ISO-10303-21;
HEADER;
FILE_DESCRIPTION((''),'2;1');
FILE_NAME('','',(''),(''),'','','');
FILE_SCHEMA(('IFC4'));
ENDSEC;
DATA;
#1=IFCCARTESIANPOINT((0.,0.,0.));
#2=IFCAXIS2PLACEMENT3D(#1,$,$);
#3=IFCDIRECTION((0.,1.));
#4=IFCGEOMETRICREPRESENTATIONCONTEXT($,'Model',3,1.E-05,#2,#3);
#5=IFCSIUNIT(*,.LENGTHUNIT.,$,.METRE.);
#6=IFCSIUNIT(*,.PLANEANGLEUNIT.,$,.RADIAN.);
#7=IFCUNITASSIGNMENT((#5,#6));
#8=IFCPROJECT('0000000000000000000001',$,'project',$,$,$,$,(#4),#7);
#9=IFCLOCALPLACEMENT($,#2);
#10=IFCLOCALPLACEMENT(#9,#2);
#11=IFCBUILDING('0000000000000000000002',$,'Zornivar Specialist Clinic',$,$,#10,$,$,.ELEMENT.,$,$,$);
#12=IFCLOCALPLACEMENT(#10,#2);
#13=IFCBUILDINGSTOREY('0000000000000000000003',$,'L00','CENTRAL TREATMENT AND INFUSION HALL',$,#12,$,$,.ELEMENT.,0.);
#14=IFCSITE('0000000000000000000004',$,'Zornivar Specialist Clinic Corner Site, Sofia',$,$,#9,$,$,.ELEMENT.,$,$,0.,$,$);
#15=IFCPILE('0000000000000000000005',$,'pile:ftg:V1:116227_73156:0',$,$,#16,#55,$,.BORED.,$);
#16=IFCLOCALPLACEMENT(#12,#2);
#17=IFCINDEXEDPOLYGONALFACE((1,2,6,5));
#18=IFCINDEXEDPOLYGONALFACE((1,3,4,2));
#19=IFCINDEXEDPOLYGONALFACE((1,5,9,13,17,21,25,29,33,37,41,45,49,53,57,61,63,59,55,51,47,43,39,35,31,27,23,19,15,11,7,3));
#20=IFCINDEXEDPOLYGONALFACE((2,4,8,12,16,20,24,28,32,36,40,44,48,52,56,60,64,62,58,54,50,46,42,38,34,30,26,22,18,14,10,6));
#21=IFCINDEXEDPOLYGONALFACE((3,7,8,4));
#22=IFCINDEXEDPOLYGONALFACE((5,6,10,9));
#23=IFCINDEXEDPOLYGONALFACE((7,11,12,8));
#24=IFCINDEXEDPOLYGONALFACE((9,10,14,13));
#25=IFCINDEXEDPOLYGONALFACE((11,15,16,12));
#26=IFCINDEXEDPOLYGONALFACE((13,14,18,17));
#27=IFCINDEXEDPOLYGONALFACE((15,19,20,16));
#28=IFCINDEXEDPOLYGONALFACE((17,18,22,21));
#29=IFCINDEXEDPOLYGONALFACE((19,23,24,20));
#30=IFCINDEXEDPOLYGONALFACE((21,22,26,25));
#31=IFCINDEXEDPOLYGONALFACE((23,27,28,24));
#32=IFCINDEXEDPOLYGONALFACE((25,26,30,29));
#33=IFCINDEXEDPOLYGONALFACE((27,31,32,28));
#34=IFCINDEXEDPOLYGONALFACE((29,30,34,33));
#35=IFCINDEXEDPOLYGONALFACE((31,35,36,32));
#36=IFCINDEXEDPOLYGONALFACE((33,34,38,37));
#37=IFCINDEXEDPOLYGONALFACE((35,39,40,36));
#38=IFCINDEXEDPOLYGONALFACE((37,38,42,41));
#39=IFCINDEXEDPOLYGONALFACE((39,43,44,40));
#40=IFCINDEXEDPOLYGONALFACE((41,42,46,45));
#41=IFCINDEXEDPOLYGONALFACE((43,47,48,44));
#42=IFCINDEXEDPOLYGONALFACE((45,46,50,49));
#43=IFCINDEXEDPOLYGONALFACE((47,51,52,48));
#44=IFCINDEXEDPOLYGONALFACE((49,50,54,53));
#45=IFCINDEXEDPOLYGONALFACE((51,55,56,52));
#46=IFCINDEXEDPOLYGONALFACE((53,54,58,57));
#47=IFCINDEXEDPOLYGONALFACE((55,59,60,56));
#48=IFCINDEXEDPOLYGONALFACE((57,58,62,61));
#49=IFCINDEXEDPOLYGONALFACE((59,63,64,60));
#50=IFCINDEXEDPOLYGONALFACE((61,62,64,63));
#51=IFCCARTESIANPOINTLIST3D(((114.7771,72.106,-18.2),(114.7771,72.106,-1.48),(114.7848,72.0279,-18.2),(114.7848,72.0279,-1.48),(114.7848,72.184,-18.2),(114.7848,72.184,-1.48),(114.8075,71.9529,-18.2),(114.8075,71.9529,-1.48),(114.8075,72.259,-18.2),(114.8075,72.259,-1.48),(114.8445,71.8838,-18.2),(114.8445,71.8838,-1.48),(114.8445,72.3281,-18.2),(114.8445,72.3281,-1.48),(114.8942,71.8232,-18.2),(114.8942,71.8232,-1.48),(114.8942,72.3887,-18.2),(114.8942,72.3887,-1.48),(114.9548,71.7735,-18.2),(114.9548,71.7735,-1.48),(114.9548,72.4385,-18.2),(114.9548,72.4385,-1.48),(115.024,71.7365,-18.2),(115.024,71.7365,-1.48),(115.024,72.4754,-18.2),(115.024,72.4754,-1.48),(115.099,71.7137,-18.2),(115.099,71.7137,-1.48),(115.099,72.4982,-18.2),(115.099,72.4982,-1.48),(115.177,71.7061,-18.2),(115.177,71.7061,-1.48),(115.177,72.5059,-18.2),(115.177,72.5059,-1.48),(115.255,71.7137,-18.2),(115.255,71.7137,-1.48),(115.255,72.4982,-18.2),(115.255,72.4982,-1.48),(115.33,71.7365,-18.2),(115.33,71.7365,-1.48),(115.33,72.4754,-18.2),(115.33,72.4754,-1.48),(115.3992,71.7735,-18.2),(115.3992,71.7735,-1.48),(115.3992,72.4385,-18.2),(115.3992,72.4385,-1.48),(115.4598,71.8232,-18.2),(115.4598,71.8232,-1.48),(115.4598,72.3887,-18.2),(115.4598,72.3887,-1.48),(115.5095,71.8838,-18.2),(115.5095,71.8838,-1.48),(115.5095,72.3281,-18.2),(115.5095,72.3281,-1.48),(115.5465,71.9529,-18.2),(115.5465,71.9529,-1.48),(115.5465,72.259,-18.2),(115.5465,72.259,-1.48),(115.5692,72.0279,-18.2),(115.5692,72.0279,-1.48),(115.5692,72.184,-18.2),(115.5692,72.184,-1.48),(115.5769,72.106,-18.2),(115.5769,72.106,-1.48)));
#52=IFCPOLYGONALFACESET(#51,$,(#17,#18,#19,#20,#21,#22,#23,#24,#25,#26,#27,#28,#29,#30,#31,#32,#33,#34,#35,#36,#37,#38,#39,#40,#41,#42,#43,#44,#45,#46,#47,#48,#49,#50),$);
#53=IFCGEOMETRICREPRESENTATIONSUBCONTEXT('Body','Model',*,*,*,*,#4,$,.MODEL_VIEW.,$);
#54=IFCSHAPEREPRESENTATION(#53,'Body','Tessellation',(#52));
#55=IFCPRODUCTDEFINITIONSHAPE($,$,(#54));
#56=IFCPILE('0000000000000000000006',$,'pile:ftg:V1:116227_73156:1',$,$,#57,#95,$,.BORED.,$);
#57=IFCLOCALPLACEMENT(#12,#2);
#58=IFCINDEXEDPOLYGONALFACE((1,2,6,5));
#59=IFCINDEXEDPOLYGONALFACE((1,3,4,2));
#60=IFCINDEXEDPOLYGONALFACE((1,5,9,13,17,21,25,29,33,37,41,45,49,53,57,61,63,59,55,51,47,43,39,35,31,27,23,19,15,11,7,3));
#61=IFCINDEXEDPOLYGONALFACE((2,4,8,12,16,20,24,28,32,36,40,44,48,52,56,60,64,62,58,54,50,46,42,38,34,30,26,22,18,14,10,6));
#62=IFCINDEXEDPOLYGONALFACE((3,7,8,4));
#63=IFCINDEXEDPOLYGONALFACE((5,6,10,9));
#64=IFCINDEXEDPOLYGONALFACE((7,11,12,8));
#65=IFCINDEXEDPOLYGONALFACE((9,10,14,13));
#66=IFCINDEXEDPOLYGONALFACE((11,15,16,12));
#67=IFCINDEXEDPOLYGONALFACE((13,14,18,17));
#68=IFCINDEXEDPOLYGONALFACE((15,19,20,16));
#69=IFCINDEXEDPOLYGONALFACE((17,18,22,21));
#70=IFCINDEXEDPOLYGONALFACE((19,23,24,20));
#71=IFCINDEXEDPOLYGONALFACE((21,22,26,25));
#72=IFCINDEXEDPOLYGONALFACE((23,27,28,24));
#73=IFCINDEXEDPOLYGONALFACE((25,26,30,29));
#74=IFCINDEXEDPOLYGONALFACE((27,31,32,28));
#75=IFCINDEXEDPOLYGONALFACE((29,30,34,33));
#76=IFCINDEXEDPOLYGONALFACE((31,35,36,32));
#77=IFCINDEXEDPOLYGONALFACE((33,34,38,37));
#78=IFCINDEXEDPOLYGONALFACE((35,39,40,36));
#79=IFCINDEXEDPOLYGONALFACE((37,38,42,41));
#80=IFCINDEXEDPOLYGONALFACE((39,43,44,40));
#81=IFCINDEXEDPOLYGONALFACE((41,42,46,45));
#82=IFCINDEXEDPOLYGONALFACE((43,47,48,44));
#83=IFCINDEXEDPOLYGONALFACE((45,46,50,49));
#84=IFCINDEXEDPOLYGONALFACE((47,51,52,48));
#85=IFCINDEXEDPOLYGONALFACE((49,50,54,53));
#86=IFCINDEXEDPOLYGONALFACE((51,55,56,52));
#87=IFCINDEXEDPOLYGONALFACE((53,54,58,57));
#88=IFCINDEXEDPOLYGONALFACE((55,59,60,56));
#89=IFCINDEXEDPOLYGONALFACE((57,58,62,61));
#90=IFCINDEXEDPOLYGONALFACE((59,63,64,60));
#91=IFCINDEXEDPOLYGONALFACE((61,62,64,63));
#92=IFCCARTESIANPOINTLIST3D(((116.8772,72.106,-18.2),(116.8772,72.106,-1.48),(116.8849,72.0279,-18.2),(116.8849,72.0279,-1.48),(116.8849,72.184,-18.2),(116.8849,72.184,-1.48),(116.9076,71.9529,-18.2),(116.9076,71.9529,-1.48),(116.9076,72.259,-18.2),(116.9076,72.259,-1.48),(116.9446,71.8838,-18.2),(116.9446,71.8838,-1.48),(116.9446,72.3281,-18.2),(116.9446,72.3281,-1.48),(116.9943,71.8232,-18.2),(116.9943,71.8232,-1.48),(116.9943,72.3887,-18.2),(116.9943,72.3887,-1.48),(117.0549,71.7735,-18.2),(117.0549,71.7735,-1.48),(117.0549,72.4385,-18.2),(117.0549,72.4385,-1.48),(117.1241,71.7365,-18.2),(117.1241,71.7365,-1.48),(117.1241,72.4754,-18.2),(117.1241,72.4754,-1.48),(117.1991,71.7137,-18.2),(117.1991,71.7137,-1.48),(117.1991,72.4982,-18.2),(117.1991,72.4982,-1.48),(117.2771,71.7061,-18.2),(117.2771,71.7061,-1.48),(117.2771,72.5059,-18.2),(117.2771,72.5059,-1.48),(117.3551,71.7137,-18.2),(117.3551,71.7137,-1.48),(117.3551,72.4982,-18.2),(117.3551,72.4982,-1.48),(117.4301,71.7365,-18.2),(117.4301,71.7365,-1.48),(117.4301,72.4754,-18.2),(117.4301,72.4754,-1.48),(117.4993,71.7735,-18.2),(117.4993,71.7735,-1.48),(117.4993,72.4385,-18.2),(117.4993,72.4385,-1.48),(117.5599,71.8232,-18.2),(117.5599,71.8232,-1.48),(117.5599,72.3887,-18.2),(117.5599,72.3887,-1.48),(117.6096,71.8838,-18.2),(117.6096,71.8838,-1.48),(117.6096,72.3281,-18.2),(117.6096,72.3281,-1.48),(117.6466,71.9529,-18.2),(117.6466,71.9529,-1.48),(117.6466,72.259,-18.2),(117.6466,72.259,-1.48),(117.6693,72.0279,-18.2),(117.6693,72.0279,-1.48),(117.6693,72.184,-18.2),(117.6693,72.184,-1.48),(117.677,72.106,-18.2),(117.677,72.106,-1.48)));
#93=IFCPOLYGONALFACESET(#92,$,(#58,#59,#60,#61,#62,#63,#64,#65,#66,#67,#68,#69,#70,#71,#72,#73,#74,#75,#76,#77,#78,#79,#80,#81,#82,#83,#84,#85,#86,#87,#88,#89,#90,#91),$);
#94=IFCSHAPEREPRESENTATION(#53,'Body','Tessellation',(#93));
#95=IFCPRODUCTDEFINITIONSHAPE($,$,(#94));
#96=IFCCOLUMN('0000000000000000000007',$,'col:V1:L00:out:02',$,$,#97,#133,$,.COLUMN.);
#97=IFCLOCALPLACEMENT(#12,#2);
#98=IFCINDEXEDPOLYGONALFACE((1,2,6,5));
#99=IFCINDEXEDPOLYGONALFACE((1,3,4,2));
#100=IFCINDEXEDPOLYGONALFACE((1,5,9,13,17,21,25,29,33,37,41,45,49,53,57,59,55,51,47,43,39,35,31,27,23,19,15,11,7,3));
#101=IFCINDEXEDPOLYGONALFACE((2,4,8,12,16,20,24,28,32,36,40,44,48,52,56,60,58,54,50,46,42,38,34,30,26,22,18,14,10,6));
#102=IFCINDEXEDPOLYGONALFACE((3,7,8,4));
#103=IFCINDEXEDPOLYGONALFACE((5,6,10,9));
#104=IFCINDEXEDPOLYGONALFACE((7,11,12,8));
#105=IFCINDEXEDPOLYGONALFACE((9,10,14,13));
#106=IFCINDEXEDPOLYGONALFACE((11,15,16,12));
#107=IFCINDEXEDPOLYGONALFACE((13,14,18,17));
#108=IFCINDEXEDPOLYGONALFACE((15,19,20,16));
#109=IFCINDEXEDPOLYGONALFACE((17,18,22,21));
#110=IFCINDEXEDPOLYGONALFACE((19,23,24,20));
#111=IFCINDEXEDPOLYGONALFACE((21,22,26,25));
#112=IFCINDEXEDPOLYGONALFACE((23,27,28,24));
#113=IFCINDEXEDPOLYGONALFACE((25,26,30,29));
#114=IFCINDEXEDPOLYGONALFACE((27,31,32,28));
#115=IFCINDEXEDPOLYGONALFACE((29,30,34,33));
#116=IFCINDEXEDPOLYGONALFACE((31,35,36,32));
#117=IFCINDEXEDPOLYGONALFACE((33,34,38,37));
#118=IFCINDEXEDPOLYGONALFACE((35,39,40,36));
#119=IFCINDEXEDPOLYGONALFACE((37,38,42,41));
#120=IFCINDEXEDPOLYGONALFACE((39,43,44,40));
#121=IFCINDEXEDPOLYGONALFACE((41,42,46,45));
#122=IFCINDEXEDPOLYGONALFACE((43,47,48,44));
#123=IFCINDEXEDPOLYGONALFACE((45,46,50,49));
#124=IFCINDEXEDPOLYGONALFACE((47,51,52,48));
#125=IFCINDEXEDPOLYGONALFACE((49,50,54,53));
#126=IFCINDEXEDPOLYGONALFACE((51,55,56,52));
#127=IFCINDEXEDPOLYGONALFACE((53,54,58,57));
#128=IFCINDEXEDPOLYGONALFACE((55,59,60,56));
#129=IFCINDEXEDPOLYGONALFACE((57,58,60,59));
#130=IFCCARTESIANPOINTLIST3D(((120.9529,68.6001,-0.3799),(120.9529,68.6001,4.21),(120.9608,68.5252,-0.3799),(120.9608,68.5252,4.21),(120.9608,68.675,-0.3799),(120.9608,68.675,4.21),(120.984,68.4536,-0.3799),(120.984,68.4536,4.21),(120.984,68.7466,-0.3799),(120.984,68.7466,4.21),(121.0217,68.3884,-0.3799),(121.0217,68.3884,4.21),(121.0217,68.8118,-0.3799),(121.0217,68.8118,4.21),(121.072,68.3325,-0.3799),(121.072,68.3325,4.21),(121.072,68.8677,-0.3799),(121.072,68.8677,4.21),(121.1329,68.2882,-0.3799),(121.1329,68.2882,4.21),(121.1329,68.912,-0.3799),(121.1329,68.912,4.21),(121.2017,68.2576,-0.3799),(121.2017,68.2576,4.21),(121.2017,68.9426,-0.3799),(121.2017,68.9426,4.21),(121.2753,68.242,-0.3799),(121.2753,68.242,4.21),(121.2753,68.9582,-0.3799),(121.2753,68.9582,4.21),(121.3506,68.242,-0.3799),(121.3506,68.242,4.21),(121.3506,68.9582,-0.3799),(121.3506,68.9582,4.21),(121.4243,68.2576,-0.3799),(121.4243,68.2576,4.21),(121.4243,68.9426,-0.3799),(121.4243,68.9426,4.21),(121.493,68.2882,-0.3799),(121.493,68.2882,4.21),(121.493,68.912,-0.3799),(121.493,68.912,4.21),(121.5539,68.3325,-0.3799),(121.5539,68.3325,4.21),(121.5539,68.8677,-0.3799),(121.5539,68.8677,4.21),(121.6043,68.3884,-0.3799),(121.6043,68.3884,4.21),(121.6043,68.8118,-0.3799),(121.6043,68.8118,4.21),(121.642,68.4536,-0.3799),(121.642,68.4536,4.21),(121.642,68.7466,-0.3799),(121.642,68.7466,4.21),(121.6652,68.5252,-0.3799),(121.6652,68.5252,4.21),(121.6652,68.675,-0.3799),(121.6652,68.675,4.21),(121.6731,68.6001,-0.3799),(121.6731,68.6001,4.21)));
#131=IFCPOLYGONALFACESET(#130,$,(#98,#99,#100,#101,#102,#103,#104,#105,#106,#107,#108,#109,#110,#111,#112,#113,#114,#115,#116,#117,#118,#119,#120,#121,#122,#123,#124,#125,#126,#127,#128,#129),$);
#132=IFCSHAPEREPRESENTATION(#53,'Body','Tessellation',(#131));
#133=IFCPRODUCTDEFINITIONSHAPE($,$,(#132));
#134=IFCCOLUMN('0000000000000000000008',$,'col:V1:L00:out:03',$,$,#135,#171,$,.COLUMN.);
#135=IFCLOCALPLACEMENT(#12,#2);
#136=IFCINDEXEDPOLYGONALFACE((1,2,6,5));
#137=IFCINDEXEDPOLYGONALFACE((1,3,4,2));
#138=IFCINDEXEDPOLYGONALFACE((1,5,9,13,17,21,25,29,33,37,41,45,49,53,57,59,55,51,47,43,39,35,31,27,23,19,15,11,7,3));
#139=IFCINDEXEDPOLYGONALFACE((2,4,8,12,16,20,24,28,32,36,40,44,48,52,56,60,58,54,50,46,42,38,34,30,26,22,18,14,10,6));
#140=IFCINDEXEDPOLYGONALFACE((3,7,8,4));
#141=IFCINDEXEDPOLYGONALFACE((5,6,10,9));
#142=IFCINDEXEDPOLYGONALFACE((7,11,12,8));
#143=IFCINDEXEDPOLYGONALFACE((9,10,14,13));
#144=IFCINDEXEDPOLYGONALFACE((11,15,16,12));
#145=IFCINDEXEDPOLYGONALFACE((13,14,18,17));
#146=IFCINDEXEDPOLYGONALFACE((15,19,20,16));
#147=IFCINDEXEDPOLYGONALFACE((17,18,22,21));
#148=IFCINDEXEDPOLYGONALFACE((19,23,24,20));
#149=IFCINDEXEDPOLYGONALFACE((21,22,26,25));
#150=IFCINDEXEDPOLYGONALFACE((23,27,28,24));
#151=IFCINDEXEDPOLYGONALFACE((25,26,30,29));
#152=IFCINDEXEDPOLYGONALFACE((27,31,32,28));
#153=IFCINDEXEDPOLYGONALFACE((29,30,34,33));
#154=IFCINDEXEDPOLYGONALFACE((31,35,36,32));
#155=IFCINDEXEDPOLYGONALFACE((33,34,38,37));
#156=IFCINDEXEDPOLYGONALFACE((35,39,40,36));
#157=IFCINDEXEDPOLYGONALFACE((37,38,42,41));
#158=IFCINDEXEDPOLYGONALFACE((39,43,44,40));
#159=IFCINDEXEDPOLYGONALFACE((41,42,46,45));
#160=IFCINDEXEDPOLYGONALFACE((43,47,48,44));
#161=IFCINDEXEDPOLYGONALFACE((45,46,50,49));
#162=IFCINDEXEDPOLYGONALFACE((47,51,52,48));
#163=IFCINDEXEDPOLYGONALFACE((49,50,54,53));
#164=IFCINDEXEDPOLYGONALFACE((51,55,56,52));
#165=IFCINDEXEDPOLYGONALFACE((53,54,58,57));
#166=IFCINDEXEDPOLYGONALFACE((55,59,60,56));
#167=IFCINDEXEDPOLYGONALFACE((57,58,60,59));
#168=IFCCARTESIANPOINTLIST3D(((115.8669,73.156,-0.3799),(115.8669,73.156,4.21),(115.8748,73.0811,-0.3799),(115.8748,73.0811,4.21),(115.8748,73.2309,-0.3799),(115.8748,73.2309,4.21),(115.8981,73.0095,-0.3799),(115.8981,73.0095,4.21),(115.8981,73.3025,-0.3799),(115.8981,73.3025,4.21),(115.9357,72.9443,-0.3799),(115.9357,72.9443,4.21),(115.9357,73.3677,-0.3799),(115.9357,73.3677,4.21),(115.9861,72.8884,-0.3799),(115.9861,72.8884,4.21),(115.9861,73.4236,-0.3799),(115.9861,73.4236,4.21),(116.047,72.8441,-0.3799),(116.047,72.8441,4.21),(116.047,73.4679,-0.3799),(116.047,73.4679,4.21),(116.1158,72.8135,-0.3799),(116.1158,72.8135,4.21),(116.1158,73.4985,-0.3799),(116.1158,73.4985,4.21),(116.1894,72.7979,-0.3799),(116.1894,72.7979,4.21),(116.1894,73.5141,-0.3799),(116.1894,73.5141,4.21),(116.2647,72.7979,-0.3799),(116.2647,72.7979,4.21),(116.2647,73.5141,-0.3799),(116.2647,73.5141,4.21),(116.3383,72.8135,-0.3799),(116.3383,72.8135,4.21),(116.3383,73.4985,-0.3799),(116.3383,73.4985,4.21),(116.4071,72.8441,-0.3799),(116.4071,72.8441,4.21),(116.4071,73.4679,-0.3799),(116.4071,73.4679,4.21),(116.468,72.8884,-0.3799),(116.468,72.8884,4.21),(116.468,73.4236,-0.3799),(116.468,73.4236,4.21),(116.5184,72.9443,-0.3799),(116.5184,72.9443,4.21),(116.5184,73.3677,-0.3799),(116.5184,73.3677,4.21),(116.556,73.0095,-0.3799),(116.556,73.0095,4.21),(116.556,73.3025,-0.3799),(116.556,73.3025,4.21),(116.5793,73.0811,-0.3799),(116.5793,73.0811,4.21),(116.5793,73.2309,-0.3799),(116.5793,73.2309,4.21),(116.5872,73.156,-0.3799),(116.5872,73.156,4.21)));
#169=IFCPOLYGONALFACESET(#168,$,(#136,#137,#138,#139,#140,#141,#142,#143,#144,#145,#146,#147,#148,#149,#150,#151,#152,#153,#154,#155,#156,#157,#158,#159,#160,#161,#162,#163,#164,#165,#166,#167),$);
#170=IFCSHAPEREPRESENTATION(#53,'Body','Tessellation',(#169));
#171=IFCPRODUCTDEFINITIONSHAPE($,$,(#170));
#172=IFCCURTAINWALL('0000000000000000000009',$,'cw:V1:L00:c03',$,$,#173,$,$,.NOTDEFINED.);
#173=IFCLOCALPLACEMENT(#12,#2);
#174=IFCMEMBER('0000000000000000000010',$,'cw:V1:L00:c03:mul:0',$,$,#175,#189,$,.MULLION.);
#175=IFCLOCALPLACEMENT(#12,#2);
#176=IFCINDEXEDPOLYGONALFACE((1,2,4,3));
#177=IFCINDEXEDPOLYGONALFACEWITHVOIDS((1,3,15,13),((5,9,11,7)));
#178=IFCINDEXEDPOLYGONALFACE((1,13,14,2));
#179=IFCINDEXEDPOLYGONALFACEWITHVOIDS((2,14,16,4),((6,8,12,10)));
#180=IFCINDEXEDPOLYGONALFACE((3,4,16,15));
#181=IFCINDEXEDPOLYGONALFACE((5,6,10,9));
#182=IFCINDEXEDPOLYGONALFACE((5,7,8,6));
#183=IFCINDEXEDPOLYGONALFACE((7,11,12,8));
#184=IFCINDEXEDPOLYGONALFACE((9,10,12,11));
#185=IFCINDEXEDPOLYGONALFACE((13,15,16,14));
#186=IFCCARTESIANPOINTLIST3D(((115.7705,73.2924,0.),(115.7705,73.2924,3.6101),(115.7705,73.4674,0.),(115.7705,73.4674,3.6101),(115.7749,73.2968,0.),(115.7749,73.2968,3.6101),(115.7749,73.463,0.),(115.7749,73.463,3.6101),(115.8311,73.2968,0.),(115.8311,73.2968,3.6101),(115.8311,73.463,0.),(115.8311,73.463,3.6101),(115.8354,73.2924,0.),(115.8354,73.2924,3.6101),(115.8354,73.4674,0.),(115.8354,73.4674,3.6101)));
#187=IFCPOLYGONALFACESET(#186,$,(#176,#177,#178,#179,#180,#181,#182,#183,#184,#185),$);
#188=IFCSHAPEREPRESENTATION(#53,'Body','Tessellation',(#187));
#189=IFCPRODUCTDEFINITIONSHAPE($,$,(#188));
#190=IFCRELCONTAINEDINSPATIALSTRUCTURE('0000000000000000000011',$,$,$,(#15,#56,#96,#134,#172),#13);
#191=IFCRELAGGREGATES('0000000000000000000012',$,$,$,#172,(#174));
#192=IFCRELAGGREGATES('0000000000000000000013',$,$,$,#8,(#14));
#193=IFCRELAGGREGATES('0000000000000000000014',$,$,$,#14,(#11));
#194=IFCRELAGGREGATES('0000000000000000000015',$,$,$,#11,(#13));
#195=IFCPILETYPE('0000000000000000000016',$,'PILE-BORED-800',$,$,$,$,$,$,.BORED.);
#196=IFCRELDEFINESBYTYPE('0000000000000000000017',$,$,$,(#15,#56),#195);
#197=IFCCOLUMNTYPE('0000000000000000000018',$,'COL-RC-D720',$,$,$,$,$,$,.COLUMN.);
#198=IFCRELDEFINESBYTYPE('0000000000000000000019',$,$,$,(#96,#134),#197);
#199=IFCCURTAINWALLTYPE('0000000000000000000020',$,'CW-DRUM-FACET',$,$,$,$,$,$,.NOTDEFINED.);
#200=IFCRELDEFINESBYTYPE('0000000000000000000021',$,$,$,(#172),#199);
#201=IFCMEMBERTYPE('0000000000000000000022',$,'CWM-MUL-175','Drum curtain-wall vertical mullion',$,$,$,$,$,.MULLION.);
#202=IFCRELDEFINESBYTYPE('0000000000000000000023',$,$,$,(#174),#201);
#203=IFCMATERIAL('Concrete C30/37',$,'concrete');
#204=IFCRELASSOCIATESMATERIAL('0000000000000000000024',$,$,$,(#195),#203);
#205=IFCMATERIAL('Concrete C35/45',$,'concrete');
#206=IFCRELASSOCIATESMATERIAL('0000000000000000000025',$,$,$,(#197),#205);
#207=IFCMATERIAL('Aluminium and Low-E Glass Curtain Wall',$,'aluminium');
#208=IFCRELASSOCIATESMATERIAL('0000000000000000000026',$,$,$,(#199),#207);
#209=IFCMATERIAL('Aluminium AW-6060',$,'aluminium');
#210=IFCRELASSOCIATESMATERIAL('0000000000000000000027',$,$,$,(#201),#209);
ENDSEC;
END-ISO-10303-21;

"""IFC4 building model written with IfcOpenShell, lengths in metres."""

from ifc_helpers import new_model, si_unit, direction, frame, origin, origin_2d, place, context, subcontext, project, spatial, hollow_rectangle, circle, extrude, material, material_profile, profile_set, type_object, element, aggregate, save


model = new_model("IFC4")

# Units and contexts
model_context = context("Model", 3, precision=1e-05, world=origin(), true_north=direction((0.0, 1.0)))
body_context = subcontext(model_context, "Body", "Model", "MODEL_VIEW")
ifc_project = project(units=[si_unit("LENGTHUNIT", "METRE"), si_unit("PLANEANGLEUNIT", "RADIAN")], contexts=[model_context])

# Site, building, storey
site_placement = place(None, origin())
site = spatial("IfcSite", under=ifc_project, at=site_placement, Name="Zornivar Specialist Clinic Corner Site, Sofia", CompositionType="ELEMENT", RefElevation=0.0)
building_placement = place(site_placement, origin())
building = spatial("IfcBuilding", under=site, at=building_placement, Name="Zornivar Specialist Clinic", CompositionType="ELEMENT")
storey_placement = place(building_placement, origin())
storey = spatial("IfcBuildingStorey", under=building, at=storey_placement, Name="L00", Description="CENTRAL TREATMENT AND INFUSION HALL", CompositionType="ELEMENT", Elevation=0.0)

# Piles
ifc_material_1 = material(Name="Concrete C30/37", Category="concrete")
ifc_material_profile_1 = material_profile(ifc_material_1, circle(Radius=0.3999, at=origin_2d()), Name="PILE D800")
ifc_profile_set_1 = profile_set([ifc_material_profile_1], Name="Concrete C30/37")
pile_type = type_object("IfcPileType", Name="PILE-BORED-800", PredefinedType="BORED", material=ifc_profile_set_1)
for number, where, z_axis, x_axis, name in (
    (1, (115.177, 72.106, -1.48), (0.0, 0.0, -1.0), (1.0, 0.0, 0.0), "pile:ftg:V1:116227_73156:0"),
    (2, (117.2771, 72.106, -1.48), (0.0, 0.0, -1.0), (1.0, 0.0, 0.0), "pile:ftg:V1:116227_73156:1"),
):
    element("IfcPile", number, at=place(storey_placement, frame(where, z_axis=z_axis, x_axis=x_axis)), inside=storey, type_object=pile_type, Name=name, PredefinedType="BORED", context=body_context, shape_type="SweptSolid", body=[
        extrude(circle(Radius=0.3999, at=origin_2d()), origin(), (0.0, 0.0, 1.0), 16.72),
    ])

# Columns
ifc_material_2 = material(Name="Concrete C35/45", Category="concrete")
ifc_material_profile_2 = material_profile(ifc_material_2, circle(Radius=0.3601, at=origin_2d()), Name="RC D720")
ifc_profile_set_2 = profile_set([ifc_material_profile_2], Name="Concrete C35/45")
column_type = type_object("IfcColumnType", Name="COL-RC-D720", PredefinedType="COLUMN", material=ifc_profile_set_2)
for number, where, z_axis, x_axis, name in (
    (3, (121.313, 68.6001, -0.3799), (0.0, 0.0, 1.0), (1.0, 0.0, 0.0), "col:V1:L00:out:02"),
    (4, (116.2271, 73.156, -0.3799), (0.0, 0.0, 1.0), (1.0, 0.0, 0.0), "col:V1:L00:out:03"),
):
    element("IfcColumn", number, at=place(storey_placement, frame(where, z_axis=z_axis, x_axis=x_axis)), inside=storey, type_object=column_type, Name=name, PredefinedType="COLUMN", context=body_context, shape_type="SweptSolid", body=[
        extrude(circle(Radius=0.3601, at=origin_2d()), origin(), (0.0, 0.0, 1.0), 4.5898),
    ])

# Curtain wall, member
ifc_material_3 = material(Name="Aluminium and Low-E Glass Curtain Wall", Category="aluminium")
curtain_wall_type = type_object("IfcCurtainWallType", Name="CW-DRUM-FACET", PredefinedType="NOTDEFINED", material=ifc_material_3)
curtain_wall_placement = place(storey_placement, origin())
curtain_wall = element("IfcCurtainWall", 5, at=curtain_wall_placement, inside=storey, type_object=curtain_wall_type, Name="cw:V1:L00:c03", PredefinedType="NOTDEFINED")
ifc_material_4 = material(Name="Aluminium AW-6060", Category="aluminium")
ifc_material_profile_3 = material_profile(ifc_material_4, hollow_rectangle(XDim=0.0649, YDim=0.175, WallThickness=0.0044, at=origin_2d()), Name="ALU 65x175x4.5")
ifc_profile_set_3 = profile_set([ifc_material_profile_3], Name="Aluminium AW-6060")
member_type_1 = type_object("IfcMemberType", Name="CWM-MUL-175", Description="Drum curtain-wall vertical mullion", PredefinedType="MULLION", material=ifc_profile_set_3)
member_1_placement = place(storey_placement, frame((115.803, 73.3799, 0.0), z_axis=(0.0, 0.0, 1.0), x_axis=(1.0, 0.0, 0.0)))
member_1 = element("IfcMember", 6, at=member_1_placement, type_object=member_type_1, Name="cw:V1:L00:c03:mul:0", PredefinedType="MULLION", context=body_context, shape_type="SweptSolid", body=[
    extrude(hollow_rectangle(XDim=0.0649, YDim=0.175, WallThickness=0.0044, at=origin_2d()), origin(), (0.0, 0.0, 1.0), 3.6101),
])
aggregate(curtain_wall, [member_1])

save(model, "model.ifc")
